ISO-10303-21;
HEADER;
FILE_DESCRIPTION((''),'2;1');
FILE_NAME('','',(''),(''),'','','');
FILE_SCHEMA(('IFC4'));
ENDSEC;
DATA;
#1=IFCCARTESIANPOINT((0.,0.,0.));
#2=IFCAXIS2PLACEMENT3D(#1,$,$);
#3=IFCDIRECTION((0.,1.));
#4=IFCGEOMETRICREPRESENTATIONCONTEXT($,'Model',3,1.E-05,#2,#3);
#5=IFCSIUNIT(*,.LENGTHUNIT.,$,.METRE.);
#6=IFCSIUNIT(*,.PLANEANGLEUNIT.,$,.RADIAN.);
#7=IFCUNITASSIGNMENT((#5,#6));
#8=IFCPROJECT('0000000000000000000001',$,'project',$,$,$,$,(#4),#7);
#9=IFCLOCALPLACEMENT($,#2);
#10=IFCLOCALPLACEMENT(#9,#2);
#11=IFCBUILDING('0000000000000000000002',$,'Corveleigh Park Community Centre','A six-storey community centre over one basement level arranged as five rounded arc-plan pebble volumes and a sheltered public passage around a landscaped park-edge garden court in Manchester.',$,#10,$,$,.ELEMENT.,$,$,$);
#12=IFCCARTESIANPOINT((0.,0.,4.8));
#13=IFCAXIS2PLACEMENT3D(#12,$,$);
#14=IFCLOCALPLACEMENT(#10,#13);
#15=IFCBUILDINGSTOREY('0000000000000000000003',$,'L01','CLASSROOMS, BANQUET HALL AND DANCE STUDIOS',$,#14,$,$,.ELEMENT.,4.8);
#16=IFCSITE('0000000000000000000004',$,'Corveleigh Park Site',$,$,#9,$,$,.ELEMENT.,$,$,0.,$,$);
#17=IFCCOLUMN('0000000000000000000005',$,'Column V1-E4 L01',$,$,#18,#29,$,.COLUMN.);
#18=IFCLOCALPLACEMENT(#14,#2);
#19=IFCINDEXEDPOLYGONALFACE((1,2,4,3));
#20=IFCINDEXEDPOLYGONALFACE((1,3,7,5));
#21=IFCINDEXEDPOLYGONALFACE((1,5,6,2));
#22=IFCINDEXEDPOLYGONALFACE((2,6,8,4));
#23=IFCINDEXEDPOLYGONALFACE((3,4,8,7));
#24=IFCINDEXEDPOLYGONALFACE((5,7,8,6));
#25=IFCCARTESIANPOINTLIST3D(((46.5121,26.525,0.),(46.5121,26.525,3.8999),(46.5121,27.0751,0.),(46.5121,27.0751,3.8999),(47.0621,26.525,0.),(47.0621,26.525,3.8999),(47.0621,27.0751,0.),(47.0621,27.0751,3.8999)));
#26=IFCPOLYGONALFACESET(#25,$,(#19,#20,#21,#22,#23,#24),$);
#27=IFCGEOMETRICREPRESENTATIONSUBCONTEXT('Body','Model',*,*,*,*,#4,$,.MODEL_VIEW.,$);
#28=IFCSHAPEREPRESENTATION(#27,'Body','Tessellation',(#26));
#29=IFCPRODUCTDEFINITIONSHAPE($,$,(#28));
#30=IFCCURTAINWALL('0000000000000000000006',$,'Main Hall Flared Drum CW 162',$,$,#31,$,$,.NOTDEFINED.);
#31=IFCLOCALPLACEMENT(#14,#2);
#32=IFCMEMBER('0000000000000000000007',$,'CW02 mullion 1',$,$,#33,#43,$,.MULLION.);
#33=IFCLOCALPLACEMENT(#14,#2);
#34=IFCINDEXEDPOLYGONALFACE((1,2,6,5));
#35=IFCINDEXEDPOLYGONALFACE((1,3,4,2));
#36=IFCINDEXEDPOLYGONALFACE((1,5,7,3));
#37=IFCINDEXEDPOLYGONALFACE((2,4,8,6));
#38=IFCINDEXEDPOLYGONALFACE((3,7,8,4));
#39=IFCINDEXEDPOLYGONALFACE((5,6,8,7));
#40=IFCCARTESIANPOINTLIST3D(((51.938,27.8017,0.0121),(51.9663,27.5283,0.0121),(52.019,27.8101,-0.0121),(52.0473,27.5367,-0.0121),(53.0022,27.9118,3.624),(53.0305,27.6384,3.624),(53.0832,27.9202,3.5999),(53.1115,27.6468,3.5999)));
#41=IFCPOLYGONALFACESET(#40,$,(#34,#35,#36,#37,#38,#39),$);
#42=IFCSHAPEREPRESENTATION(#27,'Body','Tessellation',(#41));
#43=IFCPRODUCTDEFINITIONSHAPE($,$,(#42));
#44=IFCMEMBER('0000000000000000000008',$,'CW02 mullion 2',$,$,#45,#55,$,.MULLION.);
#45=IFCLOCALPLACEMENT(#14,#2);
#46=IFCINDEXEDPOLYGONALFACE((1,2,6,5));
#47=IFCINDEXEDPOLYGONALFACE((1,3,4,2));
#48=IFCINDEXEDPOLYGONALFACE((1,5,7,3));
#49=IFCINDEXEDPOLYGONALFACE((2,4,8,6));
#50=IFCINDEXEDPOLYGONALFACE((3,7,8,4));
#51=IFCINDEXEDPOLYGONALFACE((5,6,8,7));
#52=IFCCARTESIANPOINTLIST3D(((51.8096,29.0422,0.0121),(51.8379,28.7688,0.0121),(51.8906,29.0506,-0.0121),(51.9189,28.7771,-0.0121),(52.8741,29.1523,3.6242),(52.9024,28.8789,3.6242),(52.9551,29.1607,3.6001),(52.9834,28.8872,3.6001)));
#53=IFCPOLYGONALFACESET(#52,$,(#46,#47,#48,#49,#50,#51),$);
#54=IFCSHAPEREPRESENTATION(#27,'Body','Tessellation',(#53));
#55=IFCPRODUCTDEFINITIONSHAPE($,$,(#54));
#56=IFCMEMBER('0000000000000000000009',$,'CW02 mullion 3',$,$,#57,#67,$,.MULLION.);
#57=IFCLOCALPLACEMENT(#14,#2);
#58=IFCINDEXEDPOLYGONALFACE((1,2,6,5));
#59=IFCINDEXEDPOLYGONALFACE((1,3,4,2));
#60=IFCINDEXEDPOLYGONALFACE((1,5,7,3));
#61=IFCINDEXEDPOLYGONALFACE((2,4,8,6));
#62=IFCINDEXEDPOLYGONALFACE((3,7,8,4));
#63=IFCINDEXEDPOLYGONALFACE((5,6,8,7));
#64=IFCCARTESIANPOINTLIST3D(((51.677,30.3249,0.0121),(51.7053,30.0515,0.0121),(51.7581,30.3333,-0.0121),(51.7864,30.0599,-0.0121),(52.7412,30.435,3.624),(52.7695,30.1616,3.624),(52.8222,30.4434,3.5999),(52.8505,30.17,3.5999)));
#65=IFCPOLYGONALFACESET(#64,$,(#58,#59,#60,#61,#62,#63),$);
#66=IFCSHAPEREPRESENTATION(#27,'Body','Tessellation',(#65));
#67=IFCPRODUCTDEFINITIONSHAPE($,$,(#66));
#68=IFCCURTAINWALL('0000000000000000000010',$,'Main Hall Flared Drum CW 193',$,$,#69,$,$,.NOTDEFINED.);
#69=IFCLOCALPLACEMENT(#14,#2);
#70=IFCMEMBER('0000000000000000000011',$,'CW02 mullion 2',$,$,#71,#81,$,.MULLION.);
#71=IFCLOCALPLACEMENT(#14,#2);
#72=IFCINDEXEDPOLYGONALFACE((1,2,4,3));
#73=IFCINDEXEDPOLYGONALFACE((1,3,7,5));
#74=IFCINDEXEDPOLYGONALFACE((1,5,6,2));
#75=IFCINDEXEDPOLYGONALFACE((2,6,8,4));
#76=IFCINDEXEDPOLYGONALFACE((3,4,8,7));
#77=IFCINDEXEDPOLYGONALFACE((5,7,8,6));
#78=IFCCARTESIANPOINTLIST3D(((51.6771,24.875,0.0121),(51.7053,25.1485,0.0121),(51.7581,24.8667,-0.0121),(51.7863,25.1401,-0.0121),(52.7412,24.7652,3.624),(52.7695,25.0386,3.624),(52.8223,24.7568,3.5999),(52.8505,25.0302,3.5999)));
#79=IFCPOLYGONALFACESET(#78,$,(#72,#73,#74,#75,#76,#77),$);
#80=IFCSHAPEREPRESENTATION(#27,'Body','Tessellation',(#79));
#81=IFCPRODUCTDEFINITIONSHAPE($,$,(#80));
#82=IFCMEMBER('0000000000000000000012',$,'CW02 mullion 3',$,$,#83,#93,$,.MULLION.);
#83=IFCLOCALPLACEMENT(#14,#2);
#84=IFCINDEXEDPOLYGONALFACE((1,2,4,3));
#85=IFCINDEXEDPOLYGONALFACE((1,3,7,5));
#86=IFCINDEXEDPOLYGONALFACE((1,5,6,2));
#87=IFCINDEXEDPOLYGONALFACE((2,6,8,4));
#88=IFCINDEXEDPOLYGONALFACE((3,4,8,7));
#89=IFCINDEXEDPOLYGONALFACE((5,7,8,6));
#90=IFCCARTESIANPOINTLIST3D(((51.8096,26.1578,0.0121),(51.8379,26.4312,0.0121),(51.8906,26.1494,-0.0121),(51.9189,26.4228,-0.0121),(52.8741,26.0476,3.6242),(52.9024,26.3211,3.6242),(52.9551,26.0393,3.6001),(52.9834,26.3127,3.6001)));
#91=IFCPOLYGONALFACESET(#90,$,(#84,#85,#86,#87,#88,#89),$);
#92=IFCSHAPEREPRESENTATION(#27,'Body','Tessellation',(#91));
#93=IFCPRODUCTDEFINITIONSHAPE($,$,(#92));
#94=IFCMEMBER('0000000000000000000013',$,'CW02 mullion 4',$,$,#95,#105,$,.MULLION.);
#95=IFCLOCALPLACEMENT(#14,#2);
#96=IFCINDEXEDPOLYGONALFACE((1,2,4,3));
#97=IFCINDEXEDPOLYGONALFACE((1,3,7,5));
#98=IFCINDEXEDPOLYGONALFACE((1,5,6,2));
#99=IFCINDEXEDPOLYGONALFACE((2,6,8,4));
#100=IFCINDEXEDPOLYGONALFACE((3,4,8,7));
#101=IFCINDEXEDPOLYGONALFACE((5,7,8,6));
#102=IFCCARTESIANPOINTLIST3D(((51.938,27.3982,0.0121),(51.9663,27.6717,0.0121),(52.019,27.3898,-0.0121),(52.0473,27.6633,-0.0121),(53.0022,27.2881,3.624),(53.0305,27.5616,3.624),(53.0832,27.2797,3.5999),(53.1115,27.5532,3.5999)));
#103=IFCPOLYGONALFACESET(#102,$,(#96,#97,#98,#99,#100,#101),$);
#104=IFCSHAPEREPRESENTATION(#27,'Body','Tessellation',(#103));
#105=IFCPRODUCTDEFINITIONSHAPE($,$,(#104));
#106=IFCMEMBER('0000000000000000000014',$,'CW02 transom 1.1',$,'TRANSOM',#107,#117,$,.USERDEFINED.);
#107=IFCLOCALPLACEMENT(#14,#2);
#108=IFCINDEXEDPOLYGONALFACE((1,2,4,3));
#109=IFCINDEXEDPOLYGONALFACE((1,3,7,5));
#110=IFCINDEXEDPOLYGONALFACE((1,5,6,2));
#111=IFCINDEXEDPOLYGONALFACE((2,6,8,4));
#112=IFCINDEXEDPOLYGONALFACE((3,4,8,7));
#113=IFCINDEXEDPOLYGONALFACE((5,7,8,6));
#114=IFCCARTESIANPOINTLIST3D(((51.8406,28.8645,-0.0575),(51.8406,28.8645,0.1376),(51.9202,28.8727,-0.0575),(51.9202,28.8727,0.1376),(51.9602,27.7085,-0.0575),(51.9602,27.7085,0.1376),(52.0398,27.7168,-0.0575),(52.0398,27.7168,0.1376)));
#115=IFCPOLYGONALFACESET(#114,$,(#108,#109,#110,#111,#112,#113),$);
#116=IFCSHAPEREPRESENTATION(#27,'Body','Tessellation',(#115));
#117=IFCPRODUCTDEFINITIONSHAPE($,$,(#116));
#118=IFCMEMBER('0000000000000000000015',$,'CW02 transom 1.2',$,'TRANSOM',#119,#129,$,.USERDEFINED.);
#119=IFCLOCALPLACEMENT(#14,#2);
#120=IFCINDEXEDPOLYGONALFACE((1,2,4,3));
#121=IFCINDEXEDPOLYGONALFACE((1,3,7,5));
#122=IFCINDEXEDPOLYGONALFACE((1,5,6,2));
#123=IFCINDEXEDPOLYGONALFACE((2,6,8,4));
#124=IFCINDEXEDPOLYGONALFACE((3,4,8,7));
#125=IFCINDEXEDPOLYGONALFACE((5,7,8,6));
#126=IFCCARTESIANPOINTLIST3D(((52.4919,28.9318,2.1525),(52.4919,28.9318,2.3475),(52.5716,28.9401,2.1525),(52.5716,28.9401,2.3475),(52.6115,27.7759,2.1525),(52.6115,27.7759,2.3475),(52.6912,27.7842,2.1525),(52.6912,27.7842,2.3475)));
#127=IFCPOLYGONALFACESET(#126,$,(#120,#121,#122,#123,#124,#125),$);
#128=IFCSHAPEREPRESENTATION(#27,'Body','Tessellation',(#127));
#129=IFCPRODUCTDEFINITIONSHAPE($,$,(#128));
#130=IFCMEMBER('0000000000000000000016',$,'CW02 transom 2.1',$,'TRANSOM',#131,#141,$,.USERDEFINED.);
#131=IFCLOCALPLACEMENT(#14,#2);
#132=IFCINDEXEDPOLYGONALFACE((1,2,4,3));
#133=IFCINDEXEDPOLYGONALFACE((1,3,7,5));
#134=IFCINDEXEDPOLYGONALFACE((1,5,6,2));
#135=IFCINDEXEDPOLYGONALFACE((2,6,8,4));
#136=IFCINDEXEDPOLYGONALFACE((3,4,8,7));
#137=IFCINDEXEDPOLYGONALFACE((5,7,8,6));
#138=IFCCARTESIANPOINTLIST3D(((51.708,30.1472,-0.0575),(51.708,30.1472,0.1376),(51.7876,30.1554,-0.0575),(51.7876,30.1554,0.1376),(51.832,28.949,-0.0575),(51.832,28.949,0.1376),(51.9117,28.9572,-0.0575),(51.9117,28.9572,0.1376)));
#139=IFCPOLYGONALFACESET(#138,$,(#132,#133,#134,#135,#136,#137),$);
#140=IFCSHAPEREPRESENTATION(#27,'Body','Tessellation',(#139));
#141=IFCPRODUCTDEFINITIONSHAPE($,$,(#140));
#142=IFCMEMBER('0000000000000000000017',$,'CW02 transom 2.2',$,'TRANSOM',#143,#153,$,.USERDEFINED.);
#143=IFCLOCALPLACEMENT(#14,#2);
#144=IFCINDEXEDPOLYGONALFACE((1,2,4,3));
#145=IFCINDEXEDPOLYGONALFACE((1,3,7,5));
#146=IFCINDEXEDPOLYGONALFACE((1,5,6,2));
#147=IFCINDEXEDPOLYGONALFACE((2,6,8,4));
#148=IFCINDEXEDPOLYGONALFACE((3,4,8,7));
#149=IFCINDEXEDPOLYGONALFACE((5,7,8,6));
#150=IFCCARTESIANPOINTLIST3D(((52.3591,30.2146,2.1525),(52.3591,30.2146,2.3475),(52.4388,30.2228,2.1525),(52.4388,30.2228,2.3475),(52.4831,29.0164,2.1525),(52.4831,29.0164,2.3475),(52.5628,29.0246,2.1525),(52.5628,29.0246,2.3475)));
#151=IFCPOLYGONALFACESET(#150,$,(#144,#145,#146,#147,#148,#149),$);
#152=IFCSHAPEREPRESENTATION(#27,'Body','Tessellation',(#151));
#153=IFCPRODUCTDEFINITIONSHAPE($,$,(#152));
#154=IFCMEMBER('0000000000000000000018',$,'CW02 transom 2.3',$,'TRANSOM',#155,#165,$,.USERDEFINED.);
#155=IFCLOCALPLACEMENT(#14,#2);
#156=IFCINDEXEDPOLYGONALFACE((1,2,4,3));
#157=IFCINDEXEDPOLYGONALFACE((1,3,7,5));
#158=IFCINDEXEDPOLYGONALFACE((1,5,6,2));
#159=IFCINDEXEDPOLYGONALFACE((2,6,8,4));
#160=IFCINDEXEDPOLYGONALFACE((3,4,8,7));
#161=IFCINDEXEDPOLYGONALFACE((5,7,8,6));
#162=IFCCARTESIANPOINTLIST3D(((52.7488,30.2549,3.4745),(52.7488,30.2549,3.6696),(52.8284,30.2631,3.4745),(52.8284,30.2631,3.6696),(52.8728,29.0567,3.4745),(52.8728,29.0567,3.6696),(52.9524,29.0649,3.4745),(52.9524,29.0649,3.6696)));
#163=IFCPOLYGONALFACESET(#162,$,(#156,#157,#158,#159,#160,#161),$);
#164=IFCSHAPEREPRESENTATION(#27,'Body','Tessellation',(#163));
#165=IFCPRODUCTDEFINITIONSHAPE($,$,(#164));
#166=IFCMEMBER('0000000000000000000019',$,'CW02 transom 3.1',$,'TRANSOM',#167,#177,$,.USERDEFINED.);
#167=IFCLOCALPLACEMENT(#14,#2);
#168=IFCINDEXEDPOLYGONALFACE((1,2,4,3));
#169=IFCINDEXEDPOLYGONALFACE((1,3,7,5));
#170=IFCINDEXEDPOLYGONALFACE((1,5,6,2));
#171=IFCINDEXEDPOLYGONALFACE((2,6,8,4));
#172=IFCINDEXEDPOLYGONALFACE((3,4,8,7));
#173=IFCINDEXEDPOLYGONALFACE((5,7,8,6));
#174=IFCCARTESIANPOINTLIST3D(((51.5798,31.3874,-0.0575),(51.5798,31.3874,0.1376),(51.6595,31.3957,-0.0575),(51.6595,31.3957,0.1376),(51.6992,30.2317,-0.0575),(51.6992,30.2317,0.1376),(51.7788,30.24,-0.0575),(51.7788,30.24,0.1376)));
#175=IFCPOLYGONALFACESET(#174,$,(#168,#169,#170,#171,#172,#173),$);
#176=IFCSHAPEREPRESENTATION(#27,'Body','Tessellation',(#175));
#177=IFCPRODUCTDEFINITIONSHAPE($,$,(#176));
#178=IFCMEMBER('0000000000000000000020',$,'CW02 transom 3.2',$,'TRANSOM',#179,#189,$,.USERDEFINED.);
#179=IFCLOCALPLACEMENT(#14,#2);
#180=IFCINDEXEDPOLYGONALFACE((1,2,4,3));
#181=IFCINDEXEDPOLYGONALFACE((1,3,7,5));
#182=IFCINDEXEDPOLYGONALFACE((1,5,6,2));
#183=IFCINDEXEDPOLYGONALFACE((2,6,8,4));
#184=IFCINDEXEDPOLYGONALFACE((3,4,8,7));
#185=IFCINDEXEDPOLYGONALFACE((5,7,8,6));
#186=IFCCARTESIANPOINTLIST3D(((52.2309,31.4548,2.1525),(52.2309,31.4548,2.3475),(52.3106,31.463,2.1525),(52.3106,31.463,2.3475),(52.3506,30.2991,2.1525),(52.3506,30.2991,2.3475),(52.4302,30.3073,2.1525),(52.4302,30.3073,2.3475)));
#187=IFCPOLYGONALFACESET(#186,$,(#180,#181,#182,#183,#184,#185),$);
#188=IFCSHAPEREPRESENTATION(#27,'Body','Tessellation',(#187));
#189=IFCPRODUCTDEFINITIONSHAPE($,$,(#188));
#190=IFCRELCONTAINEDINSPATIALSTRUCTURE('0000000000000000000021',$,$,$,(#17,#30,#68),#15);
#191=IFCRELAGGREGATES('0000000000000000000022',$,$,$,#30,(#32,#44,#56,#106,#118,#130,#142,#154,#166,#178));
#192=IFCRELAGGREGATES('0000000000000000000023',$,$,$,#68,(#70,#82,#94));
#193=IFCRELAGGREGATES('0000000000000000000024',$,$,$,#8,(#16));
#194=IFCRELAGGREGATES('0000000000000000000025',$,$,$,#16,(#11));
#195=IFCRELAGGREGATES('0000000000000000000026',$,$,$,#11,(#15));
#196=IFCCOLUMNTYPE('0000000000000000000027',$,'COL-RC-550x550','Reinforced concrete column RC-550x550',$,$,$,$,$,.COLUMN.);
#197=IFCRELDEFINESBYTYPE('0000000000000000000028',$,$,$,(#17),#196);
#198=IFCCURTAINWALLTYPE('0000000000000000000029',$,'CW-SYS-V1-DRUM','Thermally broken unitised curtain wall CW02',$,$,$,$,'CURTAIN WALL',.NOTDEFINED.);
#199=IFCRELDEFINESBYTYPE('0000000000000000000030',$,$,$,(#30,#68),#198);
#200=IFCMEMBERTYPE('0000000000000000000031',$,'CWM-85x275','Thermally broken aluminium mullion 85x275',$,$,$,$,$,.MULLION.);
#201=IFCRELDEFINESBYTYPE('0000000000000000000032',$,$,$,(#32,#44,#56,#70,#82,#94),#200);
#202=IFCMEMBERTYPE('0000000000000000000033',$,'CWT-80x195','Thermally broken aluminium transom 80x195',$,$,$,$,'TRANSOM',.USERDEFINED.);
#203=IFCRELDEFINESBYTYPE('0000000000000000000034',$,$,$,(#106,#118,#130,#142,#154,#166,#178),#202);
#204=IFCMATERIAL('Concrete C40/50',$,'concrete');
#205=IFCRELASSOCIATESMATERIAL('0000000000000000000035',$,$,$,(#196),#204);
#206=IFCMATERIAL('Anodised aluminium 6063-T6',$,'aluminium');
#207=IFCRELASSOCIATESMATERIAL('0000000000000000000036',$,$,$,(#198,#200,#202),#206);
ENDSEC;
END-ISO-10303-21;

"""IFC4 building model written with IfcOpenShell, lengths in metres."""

from ifc_helpers import new_model, si_unit, direction, frame, origin, origin_2d, place, context, subcontext, project, spatial, rectangle, extrude, material, material_profile, profile_set, type_object, element, aggregate, save


model = new_model("IFC4")

# Units and contexts
model_context = context("Model", 3, precision=1e-05, world=origin(), true_north=direction((0.0, 1.0)))
body_context = subcontext(model_context, "Body", "Model", "MODEL_VIEW")
ifc_project = project(units=[si_unit("LENGTHUNIT", "METRE"), si_unit("PLANEANGLEUNIT", "RADIAN")], contexts=[model_context])

# Site, building, storey
site_placement = place(None, origin())
site = spatial("IfcSite", under=ifc_project, at=site_placement, Name="Corveleigh Park Site", CompositionType="ELEMENT", RefElevation=0.0)
building_placement = place(site_placement, origin())
building = spatial("IfcBuilding", under=site, at=building_placement, Name="Corveleigh Park Community Centre", Description="A six-storey community centre over one basement level arranged as five rounded arc-plan pebble volumes and a sheltered public passage around a landscaped park-edge garden court in Manchester.", CompositionType="ELEMENT")
storey_placement = place(building_placement, frame((0.0, 0.0, 4.8)))
storey = spatial("IfcBuildingStorey", under=building, at=storey_placement, Name="L01", Description="CLASSROOMS, BANQUET HALL AND DANCE STUDIOS", CompositionType="ELEMENT", Elevation=4.8)

# Column
ifc_material_1 = material(Name="Concrete C40/50", Category="concrete")
ifc_material_profile_1 = material_profile(ifc_material_1, rectangle(XDim=0.55, YDim=0.55, at=origin_2d()), Name="RC-550x550", Category="concrete")
ifc_profile_set_1 = profile_set([ifc_material_profile_1], Name="Concrete C40/50")
column_type = type_object("IfcColumnType", Name="COL-RC-550x550", Description="Reinforced concrete column RC-550x550", PredefinedType="COLUMN", material=ifc_profile_set_1)
column_placement = place(storey_placement, frame((46.7871, 26.8, 0.0), z_axis=(0.0, 0.0, 1.0), x_axis=(1.0, 0.0, 0.0)))
element("IfcColumn", 1, at=column_placement, inside=storey, type_object=column_type, Name="Column V1-E4 L01", PredefinedType="COLUMN", context=body_context, shape_type="SweptSolid", body=[
    extrude(rectangle(XDim=0.55, YDim=0.55, at=origin_2d()), origin(), (0.0, 0.0, 1.0), 3.8999),
])

# Curtain walls, members
ifc_material_2 = material(Name="Anodised aluminium 6063-T6", Category="aluminium")
curtain_wall_type = type_object("IfcCurtainWallType", Name="CW-SYS-V1-DRUM", Description="Thermally broken unitised curtain wall CW02", ElementType="CURTAIN WALL", PredefinedType="NOTDEFINED", material=ifc_material_2)
curtain_wall_1_placement = place(storey_placement, origin())
curtain_wall_1 = element("IfcCurtainWall", 2, at=curtain_wall_1_placement, inside=storey, type_object=curtain_wall_type, Name="Main Hall Flared Drum CW 162", PredefinedType="NOTDEFINED")
ifc_material_profile_2 = material_profile(ifc_material_2, rectangle(XDim=0.085, YDim=0.2749, at=origin_2d()), Name="ALU-M85x275", Category="aluminium")
ifc_profile_set_2 = profile_set([ifc_material_profile_2], Name="Anodised aluminium 6063-T6")
member_type_1 = type_object("IfcMemberType", Name="CWM-85x275", Description="Thermally broken aluminium mullion 85x275", PredefinedType="MULLION", material=ifc_profile_set_2)
member_1_placement = place(storey_placement, frame((51.9927, 27.6692, 0.0), z_axis=(0.282495, 0.029228, 0.958823), x_axis=(-0.953732, -0.098677, 0.284003)))
member_1 = element("IfcMember", 3, at=member_1_placement, type_object=member_type_1, Name="CW02 mullion 1", PredefinedType="MULLION", context=body_context, shape_type="SweptSolid", body=[
    extrude(rectangle(XDim=0.085, YDim=0.2749, at=origin_2d()), origin(), (0.0, 0.0, 1.0), 3.7671),
])
member_2_placement = place(storey_placement, frame((51.8643, 28.9097, 0.0), z_axis=(0.282554, 0.029228, 0.958806), x_axis=(-0.953717, -0.098653, 0.284062)))
member_2 = element("IfcMember", 4, at=member_2_placement, type_object=member_type_1, Name="CW02 mullion 2", PredefinedType="MULLION", context=body_context, shape_type="SweptSolid", body=[
    extrude(rectangle(XDim=0.085, YDim=0.2749, at=origin_2d()), origin(), (0.0, 0.0, 1.0), 3.7673),
])
member_3_placement = place(storey_placement, frame((51.7317, 30.1924, 0.0), z_axis=(0.282495, 0.029228, 0.958823), x_axis=(-0.953732, -0.098677, 0.284003)))
member_3 = element("IfcMember", 5, at=member_3_placement, type_object=member_type_1, Name="CW02 mullion 3", PredefinedType="MULLION", context=body_context, shape_type="SweptSolid", body=[
    extrude(rectangle(XDim=0.085, YDim=0.2749, at=origin_2d()), origin(), (0.0, 0.0, 1.0), 3.7671),
])
curtain_wall_2_placement = place(storey_placement, origin())
curtain_wall_2 = element("IfcCurtainWall", 6, at=curtain_wall_2_placement, inside=storey, type_object=curtain_wall_type, Name="Main Hall Flared Drum CW 193", PredefinedType="NOTDEFINED")
member_4_placement = place(storey_placement, frame((51.7317, 25.0076, 0.0), z_axis=(0.282495, -0.029163, 0.958825), x_axis=(-0.953756, 0.098461, 0.283997)))
member_4 = element("IfcMember", 7, at=member_4_placement, type_object=member_type_1, Name="CW02 mullion 2", PredefinedType="MULLION", context=body_context, shape_type="SweptSolid", body=[
    extrude(rectangle(XDim=0.085, YDim=0.2749, at=origin_2d()), origin(), (0.0, 0.0, 1.0), 3.7671),
])
member_5_placement = place(storey_placement, frame((51.8643, 26.2903, 0.0), z_axis=(0.282554, -0.029228, 0.958806), x_axis=(-0.953717, 0.098653, 0.284062)))
member_5 = element("IfcMember", 8, at=member_5_placement, type_object=member_type_1, Name="CW02 mullion 3", PredefinedType="MULLION", context=body_context, shape_type="SweptSolid", body=[
    extrude(rectangle(XDim=0.085, YDim=0.2749, at=origin_2d()), origin(), (0.0, 0.0, 1.0), 3.7673),
])
member_6_placement = place(storey_placement, frame((51.9927, 27.5308, 0.0), z_axis=(0.282495, -0.029228, 0.958823), x_axis=(-0.953732, 0.098677, 0.284003)))
member_6 = element("IfcMember", 9, at=member_6_placement, type_object=member_type_1, Name="CW02 mullion 4", PredefinedType="MULLION", context=body_context, shape_type="SweptSolid", body=[
    extrude(rectangle(XDim=0.085, YDim=0.2749, at=origin_2d()), origin(), (0.0, 0.0, 1.0), 3.7671),
])

# Members
ifc_material_profile_3 = material_profile(ifc_material_2, rectangle(XDim=0.0801, YDim=0.1951, at=origin_2d()), Name="ALU-T80x195", Category="aluminium")
ifc_profile_set_3 = profile_set([ifc_material_profile_3], Name="Anodised aluminium 6063-T6")
member_type_2 = type_object("IfcMemberType", Name="CWT-80x195", Description="Thermally broken aluminium transom 80x195", ElementType="TRANSOM", PredefinedType="USERDEFINED", material=ifc_profile_set_3)
member_7_placement = place(storey_placement, frame((52.0, 27.7126, 0.04), z_axis=(-0.102935, 0.994688, 0.0), x_axis=(-0.994688, -0.102935, 0.0)))
member_7 = element("IfcMember", 10, at=member_7_placement, type_object=member_type_2, Name="CW02 transom 1.1", ObjectType="TRANSOM", PredefinedType="USERDEFINED", context=body_context, shape_type="SweptSolid", body=[
    extrude(rectangle(XDim=0.0801, YDim=0.1951, at=origin_2d()), origin(), (0.0, 0.0, 1.0), 1.1621),
])
member_8_placement = place(storey_placement, frame((52.6514, 27.78, 2.25), z_axis=(-0.102935, 0.994688, 0.0), x_axis=(-0.994688, -0.102935, 0.0)))
member_8 = element("IfcMember", 11, at=member_8_placement, type_object=member_type_2, Name="CW02 transom 1.2", ObjectType="TRANSOM", PredefinedType="USERDEFINED", context=body_context, shape_type="SweptSolid", body=[
    extrude(rectangle(XDim=0.0801, YDim=0.1951, at=origin_2d()), origin(), (0.0, 0.0, 1.0), 1.1621),
])
member_9_placement = place(storey_placement, frame((51.8718, 28.9531, 0.04), z_axis=(-0.102954, 0.994686, 0.0), x_axis=(-0.994686, -0.102954, 0.0)))
member_9 = element("IfcMember", 12, at=member_9_placement, type_object=member_type_2, Name="CW02 transom 2.1", ObjectType="TRANSOM", PredefinedType="USERDEFINED", context=body_context, shape_type="SweptSolid", body=[
    extrude(rectangle(XDim=0.0801, YDim=0.1951, at=origin_2d()), origin(), (0.0, 0.0, 1.0), 1.2046),
])
member_10_placement = place(storey_placement, frame((52.5229, 29.0205, 2.25), z_axis=(-0.102954, 0.994686, 0.0), x_axis=(-0.994686, -0.102954, 0.0)))
member_10 = element("IfcMember", 13, at=member_10_placement, type_object=member_type_2, Name="CW02 transom 2.2", ObjectType="TRANSOM", PredefinedType="USERDEFINED", context=body_context, shape_type="SweptSolid", body=[
    extrude(rectangle(XDim=0.0801, YDim=0.1951, at=origin_2d()), origin(), (0.0, 0.0, 1.0), 1.2046),
])
member_11_placement = place(storey_placement, frame((52.9126, 29.0608, 3.572), z_axis=(-0.102954, 0.994686, 0.0), x_axis=(-0.994686, -0.102954, 0.0)))
member_11 = element("IfcMember", 14, at=member_11_placement, type_object=member_type_2, Name="CW02 transom 2.3", ObjectType="TRANSOM", PredefinedType="USERDEFINED", context=body_context, shape_type="SweptSolid", body=[
    extrude(rectangle(XDim=0.0801, YDim=0.1951, at=origin_2d()), origin(), (0.0, 0.0, 1.0), 1.2046),
])
member_12_placement = place(storey_placement, frame((51.739, 30.2358, 0.04), z_axis=(-0.102749, 0.994707, 0.0), x_axis=(-0.994707, -0.102749, 0.0)))
member_12 = element("IfcMember", 15, at=member_12_placement, type_object=member_type_2, Name="CW02 transom 3.1", ObjectType="TRANSOM", PredefinedType="USERDEFINED", context=body_context, shape_type="SweptSolid", body=[
    extrude(rectangle(XDim=0.0801, YDim=0.1951, at=origin_2d()), origin(), (0.0, 0.0, 1.0), 1.1619),
])
member_13_placement = place(storey_placement, frame((52.3904, 30.3032, 2.25), z_axis=(-0.102957, 0.994686, 0.0), x_axis=(-0.994686, -0.102957, 0.0)))
member_13 = element("IfcMember", 16, at=member_13_placement, type_object=member_type_2, Name="CW02 transom 3.2", ObjectType="TRANSOM", PredefinedType="USERDEFINED", context=body_context, shape_type="SweptSolid", body=[
    extrude(rectangle(XDim=0.0801, YDim=0.1951, at=origin_2d()), origin(), (0.0, 0.0, 1.0), 1.1619),
])

aggregate(curtain_wall_1, [member_1, member_2, member_3, member_7, member_8, member_9, member_10, member_11, member_12, member_13])
aggregate(curtain_wall_2, [member_4, member_5, member_6])

save(model, "model.ifc")
